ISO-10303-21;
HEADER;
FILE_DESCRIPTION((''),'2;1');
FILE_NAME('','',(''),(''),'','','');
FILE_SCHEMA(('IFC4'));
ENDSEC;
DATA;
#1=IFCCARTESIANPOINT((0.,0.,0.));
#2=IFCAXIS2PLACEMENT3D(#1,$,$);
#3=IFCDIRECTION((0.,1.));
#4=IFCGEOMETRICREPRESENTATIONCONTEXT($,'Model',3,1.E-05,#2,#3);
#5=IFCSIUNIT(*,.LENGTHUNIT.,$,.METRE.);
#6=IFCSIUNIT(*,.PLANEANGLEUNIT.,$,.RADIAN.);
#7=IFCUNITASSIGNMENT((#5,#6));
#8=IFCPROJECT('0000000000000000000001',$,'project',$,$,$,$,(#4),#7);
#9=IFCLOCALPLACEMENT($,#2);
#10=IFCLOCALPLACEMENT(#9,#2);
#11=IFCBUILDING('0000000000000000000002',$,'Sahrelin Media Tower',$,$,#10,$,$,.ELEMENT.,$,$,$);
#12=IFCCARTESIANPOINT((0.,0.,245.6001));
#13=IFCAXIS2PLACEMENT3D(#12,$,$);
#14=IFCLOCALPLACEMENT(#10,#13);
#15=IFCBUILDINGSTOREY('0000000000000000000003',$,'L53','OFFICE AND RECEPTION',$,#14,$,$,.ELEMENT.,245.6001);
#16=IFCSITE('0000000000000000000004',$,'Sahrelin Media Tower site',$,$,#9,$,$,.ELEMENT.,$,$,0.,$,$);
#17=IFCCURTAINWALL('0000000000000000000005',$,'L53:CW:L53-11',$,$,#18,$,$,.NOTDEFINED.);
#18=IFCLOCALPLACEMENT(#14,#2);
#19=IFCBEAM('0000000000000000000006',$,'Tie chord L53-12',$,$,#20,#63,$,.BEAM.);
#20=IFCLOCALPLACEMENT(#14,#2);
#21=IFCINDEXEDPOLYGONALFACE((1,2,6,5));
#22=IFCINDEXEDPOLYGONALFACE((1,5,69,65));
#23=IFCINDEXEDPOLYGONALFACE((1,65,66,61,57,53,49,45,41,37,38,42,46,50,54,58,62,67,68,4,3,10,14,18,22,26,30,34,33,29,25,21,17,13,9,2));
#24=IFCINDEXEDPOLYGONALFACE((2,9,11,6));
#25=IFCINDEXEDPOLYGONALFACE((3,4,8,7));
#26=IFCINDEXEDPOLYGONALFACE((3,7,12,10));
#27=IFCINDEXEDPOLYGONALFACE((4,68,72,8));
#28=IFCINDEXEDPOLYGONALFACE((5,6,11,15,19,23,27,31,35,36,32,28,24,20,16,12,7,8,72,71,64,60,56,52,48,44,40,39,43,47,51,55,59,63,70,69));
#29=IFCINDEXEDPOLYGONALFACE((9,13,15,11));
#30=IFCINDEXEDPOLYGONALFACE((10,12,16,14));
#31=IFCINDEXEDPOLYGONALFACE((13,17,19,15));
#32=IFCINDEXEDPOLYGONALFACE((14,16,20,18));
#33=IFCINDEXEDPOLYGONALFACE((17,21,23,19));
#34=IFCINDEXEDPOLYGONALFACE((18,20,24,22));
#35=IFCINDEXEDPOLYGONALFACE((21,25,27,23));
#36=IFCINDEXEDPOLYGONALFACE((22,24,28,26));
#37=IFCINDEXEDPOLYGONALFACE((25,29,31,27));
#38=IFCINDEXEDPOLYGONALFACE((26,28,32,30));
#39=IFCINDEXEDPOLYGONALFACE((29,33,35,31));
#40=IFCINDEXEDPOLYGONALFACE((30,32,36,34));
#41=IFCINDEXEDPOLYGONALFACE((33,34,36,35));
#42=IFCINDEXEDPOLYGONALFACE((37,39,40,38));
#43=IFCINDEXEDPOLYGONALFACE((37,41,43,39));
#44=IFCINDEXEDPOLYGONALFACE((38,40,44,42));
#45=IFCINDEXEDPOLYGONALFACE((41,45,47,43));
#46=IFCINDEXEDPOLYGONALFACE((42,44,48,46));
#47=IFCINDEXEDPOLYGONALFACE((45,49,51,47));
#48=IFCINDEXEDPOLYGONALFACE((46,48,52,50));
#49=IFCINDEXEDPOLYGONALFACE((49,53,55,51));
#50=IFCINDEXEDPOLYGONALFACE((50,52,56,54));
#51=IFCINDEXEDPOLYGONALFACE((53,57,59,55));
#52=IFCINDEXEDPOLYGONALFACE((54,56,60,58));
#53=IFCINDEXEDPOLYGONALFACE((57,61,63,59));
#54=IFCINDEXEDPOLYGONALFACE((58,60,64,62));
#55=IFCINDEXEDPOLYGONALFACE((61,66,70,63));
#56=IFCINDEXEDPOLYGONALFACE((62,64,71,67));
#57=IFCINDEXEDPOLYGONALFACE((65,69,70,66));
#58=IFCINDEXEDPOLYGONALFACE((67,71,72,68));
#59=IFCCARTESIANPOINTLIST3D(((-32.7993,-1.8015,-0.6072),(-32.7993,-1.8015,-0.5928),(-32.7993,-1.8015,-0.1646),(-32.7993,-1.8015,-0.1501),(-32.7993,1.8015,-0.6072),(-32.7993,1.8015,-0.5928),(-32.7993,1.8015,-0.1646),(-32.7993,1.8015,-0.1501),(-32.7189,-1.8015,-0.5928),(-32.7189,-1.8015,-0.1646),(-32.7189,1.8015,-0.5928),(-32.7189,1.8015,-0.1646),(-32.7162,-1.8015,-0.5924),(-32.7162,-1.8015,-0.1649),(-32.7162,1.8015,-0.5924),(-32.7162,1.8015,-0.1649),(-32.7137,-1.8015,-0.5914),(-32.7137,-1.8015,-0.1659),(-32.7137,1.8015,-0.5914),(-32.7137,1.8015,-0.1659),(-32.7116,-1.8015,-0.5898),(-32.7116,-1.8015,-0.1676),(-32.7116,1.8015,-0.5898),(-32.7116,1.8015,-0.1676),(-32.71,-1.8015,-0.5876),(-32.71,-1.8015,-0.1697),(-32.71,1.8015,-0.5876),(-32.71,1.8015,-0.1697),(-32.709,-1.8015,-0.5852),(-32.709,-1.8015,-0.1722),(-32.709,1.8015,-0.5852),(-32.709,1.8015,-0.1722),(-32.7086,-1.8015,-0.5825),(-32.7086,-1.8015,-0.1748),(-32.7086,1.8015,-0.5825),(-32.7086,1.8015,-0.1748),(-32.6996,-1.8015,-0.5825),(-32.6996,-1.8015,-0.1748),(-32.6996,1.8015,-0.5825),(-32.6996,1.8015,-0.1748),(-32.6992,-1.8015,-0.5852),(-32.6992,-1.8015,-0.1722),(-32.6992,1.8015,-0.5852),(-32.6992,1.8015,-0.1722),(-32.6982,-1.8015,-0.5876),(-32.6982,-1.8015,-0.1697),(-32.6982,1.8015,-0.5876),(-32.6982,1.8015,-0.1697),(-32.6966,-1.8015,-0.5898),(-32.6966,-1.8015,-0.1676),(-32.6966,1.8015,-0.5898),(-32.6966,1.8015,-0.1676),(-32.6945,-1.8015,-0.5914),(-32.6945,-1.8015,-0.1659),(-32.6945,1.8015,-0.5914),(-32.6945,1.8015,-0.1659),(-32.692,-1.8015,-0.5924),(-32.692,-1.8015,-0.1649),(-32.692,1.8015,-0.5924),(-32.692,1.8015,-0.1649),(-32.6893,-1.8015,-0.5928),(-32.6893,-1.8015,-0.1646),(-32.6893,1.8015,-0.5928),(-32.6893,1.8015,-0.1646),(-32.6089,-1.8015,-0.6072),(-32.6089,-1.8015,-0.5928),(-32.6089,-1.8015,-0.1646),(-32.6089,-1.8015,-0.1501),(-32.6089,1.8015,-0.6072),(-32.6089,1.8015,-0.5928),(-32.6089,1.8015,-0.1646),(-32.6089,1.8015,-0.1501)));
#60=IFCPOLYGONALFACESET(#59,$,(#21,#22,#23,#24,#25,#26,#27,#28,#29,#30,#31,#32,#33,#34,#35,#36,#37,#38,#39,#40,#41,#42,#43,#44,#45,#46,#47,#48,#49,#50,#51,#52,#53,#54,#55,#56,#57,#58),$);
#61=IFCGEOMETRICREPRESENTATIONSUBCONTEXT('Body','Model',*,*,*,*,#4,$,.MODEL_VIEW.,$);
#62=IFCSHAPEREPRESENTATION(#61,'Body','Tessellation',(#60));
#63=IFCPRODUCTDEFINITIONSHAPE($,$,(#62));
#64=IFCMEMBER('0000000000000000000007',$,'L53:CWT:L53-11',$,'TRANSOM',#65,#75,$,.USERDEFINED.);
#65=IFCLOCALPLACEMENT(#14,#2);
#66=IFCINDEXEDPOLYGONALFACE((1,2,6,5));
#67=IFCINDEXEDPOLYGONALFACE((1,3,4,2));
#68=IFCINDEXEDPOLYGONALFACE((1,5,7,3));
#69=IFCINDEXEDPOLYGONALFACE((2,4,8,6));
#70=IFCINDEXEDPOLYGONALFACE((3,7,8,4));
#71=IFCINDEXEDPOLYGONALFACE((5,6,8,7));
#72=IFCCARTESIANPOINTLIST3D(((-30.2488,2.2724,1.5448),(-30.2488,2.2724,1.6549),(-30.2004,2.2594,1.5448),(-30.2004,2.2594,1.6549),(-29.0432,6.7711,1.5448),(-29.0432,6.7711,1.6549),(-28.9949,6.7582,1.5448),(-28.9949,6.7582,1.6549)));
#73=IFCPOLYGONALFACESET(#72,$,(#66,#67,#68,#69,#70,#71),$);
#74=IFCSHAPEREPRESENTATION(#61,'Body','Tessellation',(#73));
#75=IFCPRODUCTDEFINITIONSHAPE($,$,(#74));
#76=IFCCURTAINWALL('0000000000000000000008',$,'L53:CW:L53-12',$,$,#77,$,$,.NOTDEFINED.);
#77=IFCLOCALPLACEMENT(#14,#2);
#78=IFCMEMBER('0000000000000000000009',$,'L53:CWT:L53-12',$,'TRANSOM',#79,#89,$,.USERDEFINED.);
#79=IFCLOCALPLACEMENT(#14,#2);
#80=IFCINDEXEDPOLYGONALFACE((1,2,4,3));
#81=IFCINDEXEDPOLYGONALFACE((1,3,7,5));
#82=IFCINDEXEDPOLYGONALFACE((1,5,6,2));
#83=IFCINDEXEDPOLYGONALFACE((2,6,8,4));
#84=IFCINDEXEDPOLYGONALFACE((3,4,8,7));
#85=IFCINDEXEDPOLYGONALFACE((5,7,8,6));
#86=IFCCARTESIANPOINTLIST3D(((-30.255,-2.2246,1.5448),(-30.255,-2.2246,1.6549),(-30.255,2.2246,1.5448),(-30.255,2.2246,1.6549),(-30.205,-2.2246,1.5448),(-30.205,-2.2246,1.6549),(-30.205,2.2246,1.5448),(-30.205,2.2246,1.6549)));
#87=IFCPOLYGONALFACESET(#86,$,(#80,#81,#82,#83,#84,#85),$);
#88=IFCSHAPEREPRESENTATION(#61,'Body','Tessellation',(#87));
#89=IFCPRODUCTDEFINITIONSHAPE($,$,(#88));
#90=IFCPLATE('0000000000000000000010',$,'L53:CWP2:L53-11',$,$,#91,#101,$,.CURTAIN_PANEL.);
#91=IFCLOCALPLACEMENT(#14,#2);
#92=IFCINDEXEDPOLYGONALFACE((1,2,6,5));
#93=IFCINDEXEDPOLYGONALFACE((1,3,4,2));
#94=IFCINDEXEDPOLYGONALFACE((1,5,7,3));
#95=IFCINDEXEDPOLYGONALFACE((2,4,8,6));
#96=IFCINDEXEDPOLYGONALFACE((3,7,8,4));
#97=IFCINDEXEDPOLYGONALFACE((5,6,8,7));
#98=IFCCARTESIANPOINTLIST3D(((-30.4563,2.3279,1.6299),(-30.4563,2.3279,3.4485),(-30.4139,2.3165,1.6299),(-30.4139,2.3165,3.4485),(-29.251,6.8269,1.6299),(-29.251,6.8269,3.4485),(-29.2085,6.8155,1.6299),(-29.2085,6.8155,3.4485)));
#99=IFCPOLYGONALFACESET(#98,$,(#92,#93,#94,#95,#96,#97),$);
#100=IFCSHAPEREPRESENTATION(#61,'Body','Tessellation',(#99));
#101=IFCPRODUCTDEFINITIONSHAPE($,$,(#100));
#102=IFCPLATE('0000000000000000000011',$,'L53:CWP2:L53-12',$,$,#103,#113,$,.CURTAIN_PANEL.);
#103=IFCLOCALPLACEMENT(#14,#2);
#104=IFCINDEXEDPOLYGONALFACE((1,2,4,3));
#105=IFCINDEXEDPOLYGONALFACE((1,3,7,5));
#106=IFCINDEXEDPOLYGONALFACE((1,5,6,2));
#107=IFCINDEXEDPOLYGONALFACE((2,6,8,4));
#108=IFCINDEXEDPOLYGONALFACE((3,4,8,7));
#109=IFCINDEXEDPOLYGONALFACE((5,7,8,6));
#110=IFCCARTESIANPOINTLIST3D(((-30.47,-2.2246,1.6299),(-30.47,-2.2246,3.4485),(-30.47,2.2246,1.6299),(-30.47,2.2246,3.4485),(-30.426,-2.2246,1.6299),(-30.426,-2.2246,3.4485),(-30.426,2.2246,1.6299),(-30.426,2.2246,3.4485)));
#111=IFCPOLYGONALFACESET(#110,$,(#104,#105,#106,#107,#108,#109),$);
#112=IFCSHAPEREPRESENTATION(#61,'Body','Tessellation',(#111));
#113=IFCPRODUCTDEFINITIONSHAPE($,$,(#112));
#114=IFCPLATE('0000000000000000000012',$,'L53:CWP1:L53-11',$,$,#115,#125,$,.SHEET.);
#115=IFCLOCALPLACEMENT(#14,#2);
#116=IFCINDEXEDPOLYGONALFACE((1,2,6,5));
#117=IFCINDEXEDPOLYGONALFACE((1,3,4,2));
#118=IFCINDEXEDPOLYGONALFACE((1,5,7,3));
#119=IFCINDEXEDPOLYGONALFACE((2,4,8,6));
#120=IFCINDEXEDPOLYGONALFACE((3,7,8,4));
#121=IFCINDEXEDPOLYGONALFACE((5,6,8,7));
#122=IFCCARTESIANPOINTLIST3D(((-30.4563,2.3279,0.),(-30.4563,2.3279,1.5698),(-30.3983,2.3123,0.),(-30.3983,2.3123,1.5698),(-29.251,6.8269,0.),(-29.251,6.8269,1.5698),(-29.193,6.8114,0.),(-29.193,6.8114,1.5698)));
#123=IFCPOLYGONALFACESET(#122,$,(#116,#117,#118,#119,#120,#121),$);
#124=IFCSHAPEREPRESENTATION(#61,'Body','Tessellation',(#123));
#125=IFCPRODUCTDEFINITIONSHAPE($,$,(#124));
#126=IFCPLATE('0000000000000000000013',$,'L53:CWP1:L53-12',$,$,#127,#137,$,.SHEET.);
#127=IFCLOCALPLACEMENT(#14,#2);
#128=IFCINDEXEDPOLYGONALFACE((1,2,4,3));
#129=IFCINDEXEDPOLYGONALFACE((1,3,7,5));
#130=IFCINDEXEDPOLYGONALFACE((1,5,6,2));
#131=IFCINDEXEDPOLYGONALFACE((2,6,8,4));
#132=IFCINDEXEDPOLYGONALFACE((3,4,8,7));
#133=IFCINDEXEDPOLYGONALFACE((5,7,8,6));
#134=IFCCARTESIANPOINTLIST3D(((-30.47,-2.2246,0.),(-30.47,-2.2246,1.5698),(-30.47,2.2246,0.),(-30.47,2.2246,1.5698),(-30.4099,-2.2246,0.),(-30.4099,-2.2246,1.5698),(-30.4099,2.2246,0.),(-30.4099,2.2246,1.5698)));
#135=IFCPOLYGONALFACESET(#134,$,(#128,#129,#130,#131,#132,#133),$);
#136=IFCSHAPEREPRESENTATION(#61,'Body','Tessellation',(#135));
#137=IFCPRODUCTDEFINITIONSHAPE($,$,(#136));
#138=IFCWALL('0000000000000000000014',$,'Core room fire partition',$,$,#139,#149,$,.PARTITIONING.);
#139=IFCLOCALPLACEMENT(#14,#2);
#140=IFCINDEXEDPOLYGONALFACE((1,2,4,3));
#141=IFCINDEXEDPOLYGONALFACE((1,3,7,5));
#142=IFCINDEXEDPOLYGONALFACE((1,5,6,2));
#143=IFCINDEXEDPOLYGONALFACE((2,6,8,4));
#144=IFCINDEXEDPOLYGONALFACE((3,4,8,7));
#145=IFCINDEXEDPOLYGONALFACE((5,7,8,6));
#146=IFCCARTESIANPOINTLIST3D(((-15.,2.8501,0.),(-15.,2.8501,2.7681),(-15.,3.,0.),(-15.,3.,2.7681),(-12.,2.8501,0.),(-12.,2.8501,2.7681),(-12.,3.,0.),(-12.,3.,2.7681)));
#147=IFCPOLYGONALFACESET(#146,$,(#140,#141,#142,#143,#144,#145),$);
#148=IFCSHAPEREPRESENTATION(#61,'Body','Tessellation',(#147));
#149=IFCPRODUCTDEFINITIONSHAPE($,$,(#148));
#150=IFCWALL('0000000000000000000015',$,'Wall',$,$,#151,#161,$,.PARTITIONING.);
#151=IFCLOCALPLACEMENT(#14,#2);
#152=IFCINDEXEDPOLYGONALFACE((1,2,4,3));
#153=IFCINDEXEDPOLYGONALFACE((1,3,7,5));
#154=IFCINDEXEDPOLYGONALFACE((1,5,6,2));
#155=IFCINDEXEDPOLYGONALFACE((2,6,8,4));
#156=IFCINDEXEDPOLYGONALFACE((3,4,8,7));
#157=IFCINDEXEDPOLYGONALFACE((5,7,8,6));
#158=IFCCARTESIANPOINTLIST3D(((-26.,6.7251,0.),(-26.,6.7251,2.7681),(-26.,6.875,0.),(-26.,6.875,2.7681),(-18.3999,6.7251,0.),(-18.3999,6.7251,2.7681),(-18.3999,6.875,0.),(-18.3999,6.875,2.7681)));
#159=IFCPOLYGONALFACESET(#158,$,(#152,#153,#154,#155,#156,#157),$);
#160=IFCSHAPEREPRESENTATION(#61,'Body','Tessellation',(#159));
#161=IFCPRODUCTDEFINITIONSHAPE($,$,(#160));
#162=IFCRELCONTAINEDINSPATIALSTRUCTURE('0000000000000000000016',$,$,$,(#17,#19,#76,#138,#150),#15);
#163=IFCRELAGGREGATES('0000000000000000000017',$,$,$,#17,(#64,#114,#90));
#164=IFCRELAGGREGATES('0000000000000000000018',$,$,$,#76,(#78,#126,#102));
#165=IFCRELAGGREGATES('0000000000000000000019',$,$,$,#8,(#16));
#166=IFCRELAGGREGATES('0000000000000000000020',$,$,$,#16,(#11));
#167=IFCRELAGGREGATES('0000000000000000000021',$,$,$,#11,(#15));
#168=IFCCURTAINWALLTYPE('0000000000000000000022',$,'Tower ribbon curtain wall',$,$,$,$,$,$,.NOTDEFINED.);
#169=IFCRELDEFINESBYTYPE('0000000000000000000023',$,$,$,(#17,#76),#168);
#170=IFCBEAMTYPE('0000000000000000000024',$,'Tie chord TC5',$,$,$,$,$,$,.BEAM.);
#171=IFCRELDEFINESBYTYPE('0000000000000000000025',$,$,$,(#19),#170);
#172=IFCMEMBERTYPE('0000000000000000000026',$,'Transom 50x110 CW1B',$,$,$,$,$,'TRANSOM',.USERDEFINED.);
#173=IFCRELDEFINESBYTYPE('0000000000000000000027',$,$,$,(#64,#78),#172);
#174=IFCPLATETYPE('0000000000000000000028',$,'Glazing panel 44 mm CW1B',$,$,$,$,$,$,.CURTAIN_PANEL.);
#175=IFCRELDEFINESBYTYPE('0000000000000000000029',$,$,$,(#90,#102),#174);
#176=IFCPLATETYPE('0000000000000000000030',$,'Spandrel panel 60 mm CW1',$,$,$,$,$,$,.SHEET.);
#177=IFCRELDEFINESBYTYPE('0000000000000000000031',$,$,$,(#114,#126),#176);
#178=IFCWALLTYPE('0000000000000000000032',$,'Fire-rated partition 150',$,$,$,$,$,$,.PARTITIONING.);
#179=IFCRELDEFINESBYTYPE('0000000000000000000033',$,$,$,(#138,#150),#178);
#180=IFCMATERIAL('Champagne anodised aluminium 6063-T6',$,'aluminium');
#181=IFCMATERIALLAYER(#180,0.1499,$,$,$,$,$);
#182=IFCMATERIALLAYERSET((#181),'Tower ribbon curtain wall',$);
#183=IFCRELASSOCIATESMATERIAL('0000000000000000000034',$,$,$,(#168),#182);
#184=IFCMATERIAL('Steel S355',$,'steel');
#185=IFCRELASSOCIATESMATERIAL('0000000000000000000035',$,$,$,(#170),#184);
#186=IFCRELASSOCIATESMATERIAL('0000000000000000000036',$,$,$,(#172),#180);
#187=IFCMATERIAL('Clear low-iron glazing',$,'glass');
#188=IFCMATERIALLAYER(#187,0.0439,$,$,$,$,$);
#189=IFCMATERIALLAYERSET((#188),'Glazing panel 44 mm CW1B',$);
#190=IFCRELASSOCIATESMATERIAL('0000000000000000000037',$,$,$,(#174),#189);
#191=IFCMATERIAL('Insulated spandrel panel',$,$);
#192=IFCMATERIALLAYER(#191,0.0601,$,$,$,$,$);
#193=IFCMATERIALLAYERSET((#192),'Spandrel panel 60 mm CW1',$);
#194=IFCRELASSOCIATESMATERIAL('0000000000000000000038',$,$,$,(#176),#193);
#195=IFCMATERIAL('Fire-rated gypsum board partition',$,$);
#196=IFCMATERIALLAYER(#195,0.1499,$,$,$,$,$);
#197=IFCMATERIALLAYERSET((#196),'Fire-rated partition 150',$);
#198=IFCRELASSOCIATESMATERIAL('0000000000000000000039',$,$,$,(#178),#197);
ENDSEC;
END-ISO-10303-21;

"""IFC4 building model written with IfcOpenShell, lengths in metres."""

from ifc_helpers import new_model, si_unit, direction, frame, frame_2d, origin, origin_2d, place, context, subcontext, project, spatial, polyline, rectangle, i_section, outline, extrude, material, layer, layer_set, material_profile, profile_set, type_object, element, aggregate, save


model = new_model("IFC4")

# Units and contexts
model_context = context("Model", 3, precision=1e-05, world=origin(), true_north=direction((0.0, 1.0)))
body_context = subcontext(model_context, "Body", "Model", "MODEL_VIEW")
ifc_project = project(units=[si_unit("LENGTHUNIT", "METRE"), si_unit("PLANEANGLEUNIT", "RADIAN")], contexts=[model_context])

# Site, building, storey
site_placement = place(None, origin())
site = spatial("IfcSite", under=ifc_project, at=site_placement, Name="Sahrelin Media Tower site", CompositionType="ELEMENT", RefElevation=0.0)
building_placement = place(site_placement, origin())
building = spatial("IfcBuilding", under=site, at=building_placement, Name="Sahrelin Media Tower", CompositionType="ELEMENT")
storey_placement = place(building_placement, frame((0.0, 0.0, 245.6001)))
storey = spatial("IfcBuildingStorey", under=building, at=storey_placement, Name="L53", Description="OFFICE AND RECEPTION", CompositionType="ELEMENT", Elevation=245.6001)

# Shared definitions
ifc_material_1 = material(Name="Steel S355", Category="steel")

# Curtain wall
ifc_material_2 = material(Name="Champagne anodised aluminium 6063-T6", Category="aluminium")
ifc_layer_1 = layer(ifc_material_2, 0.1499)
ifc_layer_set_1 = layer_set([ifc_layer_1], Name="Tower ribbon curtain wall")
curtain_wall_type = type_object("IfcCurtainWallType", Name="Tower ribbon curtain wall", PredefinedType="NOTDEFINED", material=ifc_layer_set_1)
curtain_wall_1_placement = place(storey_placement, frame((-29.8345, 4.5723, 0.0), z_axis=(0.0, 0.0, 1.0), x_axis=(1.0, 0.0, 0.0)))
curtain_wall_1 = element("IfcCurtainWall", 1, at=curtain_wall_1_placement, inside=storey, type_object=curtain_wall_type, Name="L53:CW:L53-11", PredefinedType="NOTDEFINED")

# Beam
ifc_material_profile_1 = material_profile(ifc_material_1, i_section(OverallWidth=0.1904, OverallDepth=0.457, WebThickness=0.009, FlangeThickness=0.0144, FilletRadius=0.0103, at=origin_2d()), Name="UB 457x191x74")
ifc_profile_set_1 = profile_set([ifc_material_profile_1], Name="Steel S355")
beam_type_1 = type_object("IfcBeamType", Name="Tie chord TC5", PredefinedType="BEAM", material=ifc_profile_set_1)
beam_1_placement = place(storey_placement, frame((-32.7041, 1.8015, -0.3787), z_axis=(0.0, -1.0, 0.0), x_axis=(1.0, 0.0, 0.0)))
element("IfcBeam", 2, at=beam_1_placement, inside=storey, type_object=beam_type_1, Name="Tie chord L53-12", PredefinedType="BEAM", context=body_context, shape_type="SweptSolid", body=[
    extrude(i_section(OverallWidth=0.1904, OverallDepth=0.457, WebThickness=0.009, FlangeThickness=0.0144, FilletRadius=0.0103, at=origin_2d()), origin(), (0.0, 0.0, 1.0), 3.603),
])

# Member
ifc_material_profile_2 = material_profile(ifc_material_2, rectangle(XDim=0.05, YDim=0.1101, at=origin_2d()), Name="Transom 50x110")
ifc_profile_set_2 = profile_set([ifc_material_profile_2], Name="Champagne anodised aluminium 6063-T6")
member_type_1 = type_object("IfcMemberType", Name="Transom 50x110 CW1B", ElementType="TRANSOM", PredefinedType="USERDEFINED", material=ifc_profile_set_2)
member_1_placement = place(storey_placement, frame((-29.019, 6.7646, 1.5999), z_axis=(-0.258844, -0.965919, 0.0), x_axis=(0.965919, -0.258844, 0.0)))
member_1 = element("IfcMember", 3, at=member_1_placement, type_object=member_type_1, Name="L53:CWT:L53-11", ObjectType="TRANSOM", PredefinedType="USERDEFINED", context=body_context, shape_type="SweptSolid", body=[
    extrude(rectangle(XDim=0.05, YDim=0.1101, at=origin_2d()), origin(), (0.0, 0.0, 1.0), 4.6575),
])

# Curtain wall, member
curtain_wall_2_placement = place(storey_placement, frame((-30.45, 0.0, 0.0), z_axis=(0.0, 0.0, 1.0), x_axis=(1.0, 0.0, 0.0)))
curtain_wall_2 = element("IfcCurtainWall", 4, at=curtain_wall_2_placement, inside=storey, type_object=curtain_wall_type, Name="L53:CW:L53-12", PredefinedType="NOTDEFINED")
member_2_placement = place(storey_placement, frame((-30.23, 2.2246, 1.5999), z_axis=(0.0, -1.0, 0.0), x_axis=(1.0, 0.0, 0.0)))
member_2 = element("IfcMember", 5, at=member_2_placement, type_object=member_type_1, Name="L53:CWT:L53-12", ObjectType="TRANSOM", PredefinedType="USERDEFINED", context=body_context, shape_type="SweptSolid", body=[
    extrude(rectangle(XDim=0.05, YDim=0.1101, at=origin_2d()), origin(), (0.0, 0.0, 1.0), 4.4492),
])

# Plates
ifc_material_3 = material(Name="Clear low-iron glazing", Category="glass")
ifc_layer_2 = layer(ifc_material_3, 0.0439)
ifc_layer_set_2 = layer_set([ifc_layer_2], Name="Glazing panel 44 mm CW1B")
plate_type_1 = type_object("IfcPlateType", Name="Glazing panel 44 mm CW1B", PredefinedType="CURTAIN_PANEL", material=ifc_layer_set_2)
plate_1_placement = place(storey_placement, frame((-29.251, 6.8269, 1.6299), z_axis=(-0.965936, 0.258781, 0.0), x_axis=(-0.258781, -0.965936, 0.0)))
plate_1 = element("IfcPlate", 6, at=plate_1_placement, type_object=plate_type_1, Name="L53:CWP2:L53-11", PredefinedType="CURTAIN_PANEL", context=body_context, shape_type="SweptSolid", body=[
    extrude(outline(polyline([(0.0, 0.0), (4.6577, 0.0), (4.6577, 1.8186), (0.0, 1.8186), (0.0, 0.0)])), origin(), (0.0, 0.0, -1.0), 0.0439),
])
plate_2_placement = place(storey_placement, frame((-30.47, 2.2246, 1.6299), z_axis=(-1.0, 0.0, 0.0), x_axis=(0.0, -1.0, 0.0)))
plate_2 = element("IfcPlate", 7, at=plate_2_placement, type_object=plate_type_1, Name="L53:CWP2:L53-12", PredefinedType="CURTAIN_PANEL", context=body_context, shape_type="SweptSolid", body=[
    extrude(outline(polyline([(0.0, 0.0), (4.4492, 0.0), (4.4492, 1.8186), (0.0, 1.8186), (0.0, 0.0)])), origin(), (0.0, 0.0, -1.0), 0.0439),
])
ifc_material_4 = material(Name="Insulated spandrel panel")
ifc_layer_3 = layer(ifc_material_4, 0.0601)
ifc_layer_set_3 = layer_set([ifc_layer_3], Name="Spandrel panel 60 mm CW1")
plate_type_2 = type_object("IfcPlateType", Name="Spandrel panel 60 mm CW1", PredefinedType="SHEET", material=ifc_layer_set_3)
plate_3_placement = place(storey_placement, frame((-29.251, 6.8269, 0.0), z_axis=(-0.965936, 0.258781, 0.0), x_axis=(-0.258781, -0.965936, 0.0)))
plate_3 = element("IfcPlate", 8, at=plate_3_placement, type_object=plate_type_2, Name="L53:CWP1:L53-11", PredefinedType="SHEET", context=body_context, shape_type="SweptSolid", body=[
    extrude(outline(polyline([(0.0, 0.0), (4.6577, 0.0), (4.6577, 1.5698), (0.0, 1.5698), (0.0, 0.0)])), origin(), (0.0, 0.0, -1.0), 0.0601),
])
aggregate(curtain_wall_1, [member_1, plate_3, plate_1])
plate_4_placement = place(storey_placement, frame((-30.47, 2.2246, 0.0), z_axis=(-1.0, 0.0, 0.0), x_axis=(0.0, -1.0, 0.0)))
plate_4 = element("IfcPlate", 9, at=plate_4_placement, type_object=plate_type_2, Name="L53:CWP1:L53-12", PredefinedType="SHEET", context=body_context, shape_type="SweptSolid", body=[
    extrude(outline(polyline([(0.0, 0.0), (4.4492, 0.0), (4.4492, 1.5698), (0.0, 1.5698), (0.0, 0.0)])), origin(), (0.0, 0.0, -1.0), 0.0601),
])
aggregate(curtain_wall_2, [member_2, plate_4, plate_2])

# Walls
ifc_material_5 = material(Name="Fire-rated gypsum board partition")
ifc_layer_4 = layer(ifc_material_5, 0.1499)
ifc_layer_set_4 = layer_set([ifc_layer_4], Name="Fire-rated partition 150")
wall_type_1 = type_object("IfcWallType", Name="Fire-rated partition 150", PredefinedType="PARTITIONING", material=ifc_layer_set_4)
wall_1_placement = place(storey_placement, frame((-15.0, 2.925, 0.0), z_axis=(0.0, 0.0, 1.0), x_axis=(1.0, 0.0, 0.0)))
element("IfcWall", 10, at=wall_1_placement, inside=storey, type_object=wall_type_1, Name="Core room fire partition", PredefinedType="PARTITIONING", context=body_context, shape_type="SweptSolid", body=[
    extrude(rectangle(XDim=3.0, YDim=0.1499, at=frame_2d((1.5, 0.0))), origin(), (0.0, 0.0, 1.0), 2.7681),
])
wall_2_placement = place(storey_placement, frame((-26.0, 6.8, 0.0), z_axis=(0.0, 0.0, 1.0), x_axis=(1.0, 0.0, 0.0)))
element("IfcWall", 11, at=wall_2_placement, inside=storey, type_object=wall_type_1, Name="Wall", PredefinedType="PARTITIONING", context=body_context, shape_type="SweptSolid", body=[
    extrude(rectangle(XDim=7.6001, YDim=0.1499, at=frame_2d((3.8, 0.0))), origin(), (0.0, 0.0, 1.0), 2.7681),
])

save(model, "model.ifc")
